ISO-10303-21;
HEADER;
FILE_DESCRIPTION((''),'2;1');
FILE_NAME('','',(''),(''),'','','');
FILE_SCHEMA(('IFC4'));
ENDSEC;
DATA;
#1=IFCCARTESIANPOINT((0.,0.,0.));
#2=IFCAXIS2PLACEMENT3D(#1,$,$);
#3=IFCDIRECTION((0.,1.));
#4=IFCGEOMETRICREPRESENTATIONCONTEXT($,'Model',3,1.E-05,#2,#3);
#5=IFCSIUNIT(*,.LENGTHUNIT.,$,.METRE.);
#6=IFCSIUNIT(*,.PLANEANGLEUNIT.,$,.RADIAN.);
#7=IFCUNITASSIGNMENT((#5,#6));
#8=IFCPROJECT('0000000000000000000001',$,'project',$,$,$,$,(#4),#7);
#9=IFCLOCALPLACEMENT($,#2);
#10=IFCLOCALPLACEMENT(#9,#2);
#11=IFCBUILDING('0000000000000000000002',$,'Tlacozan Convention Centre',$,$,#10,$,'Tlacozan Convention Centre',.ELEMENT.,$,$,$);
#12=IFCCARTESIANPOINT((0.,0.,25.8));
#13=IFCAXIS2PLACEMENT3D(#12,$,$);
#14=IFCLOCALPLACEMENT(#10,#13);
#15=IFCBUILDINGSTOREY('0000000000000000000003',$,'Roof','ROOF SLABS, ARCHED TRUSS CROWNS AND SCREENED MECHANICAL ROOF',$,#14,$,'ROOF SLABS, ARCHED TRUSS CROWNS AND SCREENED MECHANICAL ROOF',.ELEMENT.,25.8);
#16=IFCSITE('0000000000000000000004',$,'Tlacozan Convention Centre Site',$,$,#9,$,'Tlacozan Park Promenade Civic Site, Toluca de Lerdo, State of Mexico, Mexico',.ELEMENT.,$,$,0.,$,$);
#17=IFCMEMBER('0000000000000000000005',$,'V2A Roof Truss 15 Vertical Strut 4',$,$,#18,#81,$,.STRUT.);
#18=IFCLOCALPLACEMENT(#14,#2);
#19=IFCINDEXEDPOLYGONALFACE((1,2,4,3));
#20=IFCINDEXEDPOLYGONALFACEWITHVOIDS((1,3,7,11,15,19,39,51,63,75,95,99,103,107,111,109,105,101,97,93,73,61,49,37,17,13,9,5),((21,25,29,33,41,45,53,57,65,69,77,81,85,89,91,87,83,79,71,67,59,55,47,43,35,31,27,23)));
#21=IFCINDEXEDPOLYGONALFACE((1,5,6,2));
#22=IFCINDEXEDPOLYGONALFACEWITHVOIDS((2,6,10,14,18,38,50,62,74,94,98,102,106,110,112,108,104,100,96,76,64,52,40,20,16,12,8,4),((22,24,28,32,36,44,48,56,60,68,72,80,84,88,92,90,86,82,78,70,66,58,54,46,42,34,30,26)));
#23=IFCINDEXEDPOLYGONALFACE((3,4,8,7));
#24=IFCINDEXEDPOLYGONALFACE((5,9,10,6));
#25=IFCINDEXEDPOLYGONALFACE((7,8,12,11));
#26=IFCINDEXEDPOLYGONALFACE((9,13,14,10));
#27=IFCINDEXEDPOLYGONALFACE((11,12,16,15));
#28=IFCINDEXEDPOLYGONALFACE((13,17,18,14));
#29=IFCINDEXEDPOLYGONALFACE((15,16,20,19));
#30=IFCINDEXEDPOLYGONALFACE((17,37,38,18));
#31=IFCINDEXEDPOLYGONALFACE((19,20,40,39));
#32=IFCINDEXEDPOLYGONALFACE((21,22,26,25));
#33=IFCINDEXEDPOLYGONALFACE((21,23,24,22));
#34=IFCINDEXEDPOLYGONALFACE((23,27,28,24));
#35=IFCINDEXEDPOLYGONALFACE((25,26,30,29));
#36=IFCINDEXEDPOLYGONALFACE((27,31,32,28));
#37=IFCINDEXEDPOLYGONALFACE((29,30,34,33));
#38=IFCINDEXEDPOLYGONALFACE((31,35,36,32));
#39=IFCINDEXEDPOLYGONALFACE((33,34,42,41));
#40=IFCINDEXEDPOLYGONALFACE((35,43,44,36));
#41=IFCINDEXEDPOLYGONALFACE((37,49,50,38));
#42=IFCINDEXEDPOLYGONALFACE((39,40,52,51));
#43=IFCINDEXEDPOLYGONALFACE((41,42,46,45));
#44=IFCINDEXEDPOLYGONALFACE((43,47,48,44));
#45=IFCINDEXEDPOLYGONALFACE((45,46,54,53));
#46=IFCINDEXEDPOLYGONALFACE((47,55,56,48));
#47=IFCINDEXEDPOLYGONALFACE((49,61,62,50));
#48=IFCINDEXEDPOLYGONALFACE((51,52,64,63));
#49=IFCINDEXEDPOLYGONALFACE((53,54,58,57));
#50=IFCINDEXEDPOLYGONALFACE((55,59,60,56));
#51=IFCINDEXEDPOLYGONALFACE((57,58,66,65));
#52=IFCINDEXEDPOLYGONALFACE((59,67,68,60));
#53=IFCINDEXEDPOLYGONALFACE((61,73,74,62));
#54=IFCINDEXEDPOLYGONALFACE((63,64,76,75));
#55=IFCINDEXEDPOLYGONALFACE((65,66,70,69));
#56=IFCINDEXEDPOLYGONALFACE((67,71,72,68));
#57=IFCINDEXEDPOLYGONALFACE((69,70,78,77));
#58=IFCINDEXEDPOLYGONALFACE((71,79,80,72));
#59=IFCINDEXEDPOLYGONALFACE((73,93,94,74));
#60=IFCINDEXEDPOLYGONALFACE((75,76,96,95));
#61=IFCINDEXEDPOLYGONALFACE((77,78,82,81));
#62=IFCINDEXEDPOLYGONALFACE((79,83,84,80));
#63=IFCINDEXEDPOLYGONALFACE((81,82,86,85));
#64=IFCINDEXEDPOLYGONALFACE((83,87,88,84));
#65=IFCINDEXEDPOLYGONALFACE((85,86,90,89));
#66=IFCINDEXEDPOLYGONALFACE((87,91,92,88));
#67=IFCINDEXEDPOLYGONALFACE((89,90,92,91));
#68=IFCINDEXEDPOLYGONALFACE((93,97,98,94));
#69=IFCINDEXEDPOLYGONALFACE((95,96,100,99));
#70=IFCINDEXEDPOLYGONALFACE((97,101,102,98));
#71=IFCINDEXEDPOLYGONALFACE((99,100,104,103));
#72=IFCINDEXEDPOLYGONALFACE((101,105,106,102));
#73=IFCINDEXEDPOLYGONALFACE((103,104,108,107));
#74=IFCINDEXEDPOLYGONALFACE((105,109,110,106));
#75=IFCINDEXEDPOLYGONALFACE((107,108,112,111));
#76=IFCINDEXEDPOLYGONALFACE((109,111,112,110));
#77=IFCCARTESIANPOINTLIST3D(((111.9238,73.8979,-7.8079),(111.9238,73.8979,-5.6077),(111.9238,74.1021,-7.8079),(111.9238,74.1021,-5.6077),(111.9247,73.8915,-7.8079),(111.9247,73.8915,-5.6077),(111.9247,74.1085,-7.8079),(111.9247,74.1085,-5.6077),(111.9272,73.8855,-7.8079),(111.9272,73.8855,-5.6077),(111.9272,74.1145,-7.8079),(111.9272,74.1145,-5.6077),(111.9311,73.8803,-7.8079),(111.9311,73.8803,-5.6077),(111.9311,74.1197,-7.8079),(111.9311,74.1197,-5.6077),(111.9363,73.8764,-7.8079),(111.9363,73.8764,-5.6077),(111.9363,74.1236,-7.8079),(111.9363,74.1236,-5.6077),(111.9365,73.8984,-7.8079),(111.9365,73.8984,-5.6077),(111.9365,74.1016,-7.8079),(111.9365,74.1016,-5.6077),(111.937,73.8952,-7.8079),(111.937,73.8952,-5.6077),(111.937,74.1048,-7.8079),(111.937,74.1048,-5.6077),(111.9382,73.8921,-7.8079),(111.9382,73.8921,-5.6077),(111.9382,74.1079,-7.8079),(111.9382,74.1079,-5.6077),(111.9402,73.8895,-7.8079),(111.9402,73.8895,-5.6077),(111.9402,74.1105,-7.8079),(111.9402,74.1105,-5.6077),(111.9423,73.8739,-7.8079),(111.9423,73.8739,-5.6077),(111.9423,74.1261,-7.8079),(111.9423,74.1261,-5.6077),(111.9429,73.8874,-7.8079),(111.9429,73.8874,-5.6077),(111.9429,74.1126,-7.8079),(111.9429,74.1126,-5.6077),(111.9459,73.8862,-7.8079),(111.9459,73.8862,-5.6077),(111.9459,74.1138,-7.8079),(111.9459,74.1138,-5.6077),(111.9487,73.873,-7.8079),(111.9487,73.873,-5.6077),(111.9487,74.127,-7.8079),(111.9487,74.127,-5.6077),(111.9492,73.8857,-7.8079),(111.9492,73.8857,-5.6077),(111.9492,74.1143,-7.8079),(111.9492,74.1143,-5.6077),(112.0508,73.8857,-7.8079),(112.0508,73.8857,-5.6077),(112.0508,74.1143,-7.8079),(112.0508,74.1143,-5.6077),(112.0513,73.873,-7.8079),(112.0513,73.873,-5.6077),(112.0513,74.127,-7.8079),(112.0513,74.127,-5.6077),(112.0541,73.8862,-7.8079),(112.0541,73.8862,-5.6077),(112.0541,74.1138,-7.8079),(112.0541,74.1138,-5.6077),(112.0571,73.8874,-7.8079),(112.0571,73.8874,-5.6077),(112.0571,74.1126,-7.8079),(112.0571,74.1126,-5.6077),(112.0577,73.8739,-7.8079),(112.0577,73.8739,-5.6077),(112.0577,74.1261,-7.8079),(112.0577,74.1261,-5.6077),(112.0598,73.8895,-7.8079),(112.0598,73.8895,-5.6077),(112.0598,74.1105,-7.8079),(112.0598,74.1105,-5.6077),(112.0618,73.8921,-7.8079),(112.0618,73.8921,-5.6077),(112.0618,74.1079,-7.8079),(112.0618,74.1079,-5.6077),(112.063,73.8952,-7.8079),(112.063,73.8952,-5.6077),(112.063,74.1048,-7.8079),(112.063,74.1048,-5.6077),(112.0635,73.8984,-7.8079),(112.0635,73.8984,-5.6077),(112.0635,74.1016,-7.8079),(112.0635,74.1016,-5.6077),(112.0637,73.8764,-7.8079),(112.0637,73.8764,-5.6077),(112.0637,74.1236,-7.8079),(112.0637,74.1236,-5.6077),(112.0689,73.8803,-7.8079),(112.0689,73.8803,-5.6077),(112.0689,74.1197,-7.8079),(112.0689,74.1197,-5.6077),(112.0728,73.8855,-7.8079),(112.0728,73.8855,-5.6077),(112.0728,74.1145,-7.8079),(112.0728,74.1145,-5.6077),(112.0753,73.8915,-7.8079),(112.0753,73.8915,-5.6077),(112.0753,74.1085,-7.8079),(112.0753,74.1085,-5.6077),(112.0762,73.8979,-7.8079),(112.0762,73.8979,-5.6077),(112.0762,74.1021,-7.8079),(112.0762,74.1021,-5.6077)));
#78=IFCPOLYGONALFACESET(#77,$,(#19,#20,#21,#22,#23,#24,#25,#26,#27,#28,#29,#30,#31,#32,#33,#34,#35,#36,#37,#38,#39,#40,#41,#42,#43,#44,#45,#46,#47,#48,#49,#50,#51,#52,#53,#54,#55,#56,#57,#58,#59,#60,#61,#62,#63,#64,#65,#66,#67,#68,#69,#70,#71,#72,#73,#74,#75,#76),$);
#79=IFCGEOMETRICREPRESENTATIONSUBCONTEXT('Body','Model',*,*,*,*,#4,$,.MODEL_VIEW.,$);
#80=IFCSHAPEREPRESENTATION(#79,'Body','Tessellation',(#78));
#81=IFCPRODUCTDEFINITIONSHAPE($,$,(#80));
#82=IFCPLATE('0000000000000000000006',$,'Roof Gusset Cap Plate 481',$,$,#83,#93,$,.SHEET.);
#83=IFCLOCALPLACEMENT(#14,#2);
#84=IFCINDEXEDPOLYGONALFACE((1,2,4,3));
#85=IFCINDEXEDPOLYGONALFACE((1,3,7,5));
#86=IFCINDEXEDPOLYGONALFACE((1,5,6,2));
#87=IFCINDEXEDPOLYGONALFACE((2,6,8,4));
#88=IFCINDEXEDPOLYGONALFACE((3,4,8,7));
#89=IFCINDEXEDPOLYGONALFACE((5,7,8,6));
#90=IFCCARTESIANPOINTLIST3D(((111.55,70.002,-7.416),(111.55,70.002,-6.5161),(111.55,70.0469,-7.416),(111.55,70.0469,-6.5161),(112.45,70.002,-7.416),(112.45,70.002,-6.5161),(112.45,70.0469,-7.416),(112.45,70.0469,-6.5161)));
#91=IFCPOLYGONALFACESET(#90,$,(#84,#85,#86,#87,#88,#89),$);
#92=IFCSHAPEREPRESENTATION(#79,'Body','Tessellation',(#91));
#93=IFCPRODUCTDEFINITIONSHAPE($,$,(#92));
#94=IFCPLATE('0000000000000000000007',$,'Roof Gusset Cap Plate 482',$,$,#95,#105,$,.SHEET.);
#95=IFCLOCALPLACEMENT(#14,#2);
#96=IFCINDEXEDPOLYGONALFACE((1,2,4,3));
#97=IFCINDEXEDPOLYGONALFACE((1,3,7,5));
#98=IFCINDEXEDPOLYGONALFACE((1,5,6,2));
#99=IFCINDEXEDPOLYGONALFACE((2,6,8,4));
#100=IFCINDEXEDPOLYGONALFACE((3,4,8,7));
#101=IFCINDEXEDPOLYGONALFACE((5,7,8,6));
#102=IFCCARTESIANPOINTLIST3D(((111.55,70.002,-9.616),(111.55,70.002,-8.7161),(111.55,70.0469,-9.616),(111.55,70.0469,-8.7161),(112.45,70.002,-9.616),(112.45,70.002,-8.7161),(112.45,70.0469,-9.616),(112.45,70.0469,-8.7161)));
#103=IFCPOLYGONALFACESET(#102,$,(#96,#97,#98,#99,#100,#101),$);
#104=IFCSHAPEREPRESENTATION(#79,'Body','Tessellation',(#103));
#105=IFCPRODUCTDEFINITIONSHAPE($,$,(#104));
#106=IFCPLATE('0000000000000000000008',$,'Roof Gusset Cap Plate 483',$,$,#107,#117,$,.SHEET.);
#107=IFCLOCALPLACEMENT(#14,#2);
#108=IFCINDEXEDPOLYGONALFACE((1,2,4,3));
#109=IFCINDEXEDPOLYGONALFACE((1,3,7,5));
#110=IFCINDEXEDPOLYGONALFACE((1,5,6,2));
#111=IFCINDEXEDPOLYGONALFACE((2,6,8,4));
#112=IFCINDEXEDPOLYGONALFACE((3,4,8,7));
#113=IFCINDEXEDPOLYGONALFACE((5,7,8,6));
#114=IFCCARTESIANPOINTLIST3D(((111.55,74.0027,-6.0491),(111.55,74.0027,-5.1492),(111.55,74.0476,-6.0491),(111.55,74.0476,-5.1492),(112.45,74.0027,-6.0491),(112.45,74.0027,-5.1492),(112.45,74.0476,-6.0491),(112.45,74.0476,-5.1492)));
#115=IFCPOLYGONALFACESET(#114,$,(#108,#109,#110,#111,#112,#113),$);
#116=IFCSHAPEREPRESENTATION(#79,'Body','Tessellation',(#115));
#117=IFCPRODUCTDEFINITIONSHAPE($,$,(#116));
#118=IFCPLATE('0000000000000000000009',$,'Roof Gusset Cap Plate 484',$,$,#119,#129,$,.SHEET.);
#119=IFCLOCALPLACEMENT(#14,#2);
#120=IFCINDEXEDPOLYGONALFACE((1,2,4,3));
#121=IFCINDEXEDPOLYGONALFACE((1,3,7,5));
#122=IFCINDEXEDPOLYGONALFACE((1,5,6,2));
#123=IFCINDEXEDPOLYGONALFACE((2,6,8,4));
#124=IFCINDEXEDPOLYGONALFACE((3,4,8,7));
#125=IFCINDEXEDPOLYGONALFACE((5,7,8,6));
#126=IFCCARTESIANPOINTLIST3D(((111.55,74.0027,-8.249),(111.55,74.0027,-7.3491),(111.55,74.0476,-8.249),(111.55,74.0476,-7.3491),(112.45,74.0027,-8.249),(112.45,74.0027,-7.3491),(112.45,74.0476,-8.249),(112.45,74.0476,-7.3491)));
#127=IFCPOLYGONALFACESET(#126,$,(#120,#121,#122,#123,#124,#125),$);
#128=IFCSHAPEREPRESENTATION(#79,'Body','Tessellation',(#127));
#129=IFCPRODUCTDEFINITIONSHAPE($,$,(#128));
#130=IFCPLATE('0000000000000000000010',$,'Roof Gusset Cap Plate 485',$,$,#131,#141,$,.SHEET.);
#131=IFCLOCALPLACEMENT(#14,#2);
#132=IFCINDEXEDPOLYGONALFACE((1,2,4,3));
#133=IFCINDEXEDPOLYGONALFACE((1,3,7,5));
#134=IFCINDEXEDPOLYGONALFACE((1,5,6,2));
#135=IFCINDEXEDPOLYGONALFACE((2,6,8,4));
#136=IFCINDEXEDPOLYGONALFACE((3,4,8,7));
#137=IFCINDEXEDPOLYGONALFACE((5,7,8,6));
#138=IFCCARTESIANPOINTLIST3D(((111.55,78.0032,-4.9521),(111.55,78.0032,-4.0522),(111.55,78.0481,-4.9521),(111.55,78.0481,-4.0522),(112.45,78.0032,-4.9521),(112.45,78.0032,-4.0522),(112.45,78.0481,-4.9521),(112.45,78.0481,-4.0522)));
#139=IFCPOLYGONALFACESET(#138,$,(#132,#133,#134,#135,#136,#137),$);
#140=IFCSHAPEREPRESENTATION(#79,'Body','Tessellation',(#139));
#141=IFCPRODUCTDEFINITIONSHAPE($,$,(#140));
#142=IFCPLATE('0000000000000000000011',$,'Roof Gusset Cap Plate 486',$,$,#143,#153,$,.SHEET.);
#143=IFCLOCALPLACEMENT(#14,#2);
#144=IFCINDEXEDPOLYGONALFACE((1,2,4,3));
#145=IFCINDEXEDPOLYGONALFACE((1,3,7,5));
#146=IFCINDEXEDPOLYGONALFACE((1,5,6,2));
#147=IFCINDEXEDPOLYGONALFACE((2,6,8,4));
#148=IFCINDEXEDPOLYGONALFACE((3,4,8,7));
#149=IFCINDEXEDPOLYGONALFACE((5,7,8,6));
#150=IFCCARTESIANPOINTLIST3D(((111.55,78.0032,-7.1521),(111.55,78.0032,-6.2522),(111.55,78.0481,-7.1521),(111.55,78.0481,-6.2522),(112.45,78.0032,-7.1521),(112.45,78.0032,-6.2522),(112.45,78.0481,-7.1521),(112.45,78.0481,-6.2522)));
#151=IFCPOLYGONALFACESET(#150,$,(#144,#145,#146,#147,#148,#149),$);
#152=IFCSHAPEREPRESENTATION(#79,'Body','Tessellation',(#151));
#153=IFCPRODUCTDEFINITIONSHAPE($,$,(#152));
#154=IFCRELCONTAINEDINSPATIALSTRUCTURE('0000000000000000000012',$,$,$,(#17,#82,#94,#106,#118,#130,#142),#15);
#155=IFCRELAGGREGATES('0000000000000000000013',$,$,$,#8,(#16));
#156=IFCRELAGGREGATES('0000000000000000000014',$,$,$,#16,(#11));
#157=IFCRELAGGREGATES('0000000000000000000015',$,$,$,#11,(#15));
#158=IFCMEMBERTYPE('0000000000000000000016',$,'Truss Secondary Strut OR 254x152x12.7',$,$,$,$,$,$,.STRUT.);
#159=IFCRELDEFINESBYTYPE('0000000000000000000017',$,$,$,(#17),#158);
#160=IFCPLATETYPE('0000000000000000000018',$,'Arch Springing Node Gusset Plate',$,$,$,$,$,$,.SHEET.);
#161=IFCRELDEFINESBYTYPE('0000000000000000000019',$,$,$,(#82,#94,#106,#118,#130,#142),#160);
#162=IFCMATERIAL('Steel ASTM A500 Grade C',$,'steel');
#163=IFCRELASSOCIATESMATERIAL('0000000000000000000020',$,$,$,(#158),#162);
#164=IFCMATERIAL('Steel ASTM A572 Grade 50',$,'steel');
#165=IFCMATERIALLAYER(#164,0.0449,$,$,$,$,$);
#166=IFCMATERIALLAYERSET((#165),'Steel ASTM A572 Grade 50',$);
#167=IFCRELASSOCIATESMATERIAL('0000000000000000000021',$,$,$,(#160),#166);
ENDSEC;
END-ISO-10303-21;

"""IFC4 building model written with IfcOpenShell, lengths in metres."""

from ifc_helpers import new_model, si_unit, direction, frame, origin, origin_2d, place, context, subcontext, project, spatial, rectangle, hollow_rectangle, extrude, material, layer, layer_set, material_profile, profile_set, type_object, element, save


model = new_model("IFC4")

# Units and contexts
model_context = context("Model", 3, precision=1e-05, world=origin(), true_north=direction((0.0, 1.0)))
body_context = subcontext(model_context, "Body", "Model", "MODEL_VIEW")
ifc_project = project(units=[si_unit("LENGTHUNIT", "METRE"), si_unit("PLANEANGLEUNIT", "RADIAN")], contexts=[model_context])

# Site, building, storey
site_placement = place(None, origin())
site = spatial("IfcSite", under=ifc_project, at=site_placement, Name="Tlacozan Convention Centre Site", LongName="Tlacozan Park Promenade Civic Site, Toluca de Lerdo, State of Mexico, Mexico", CompositionType="ELEMENT", RefElevation=0.0)
building_placement = place(site_placement, origin())
building = spatial("IfcBuilding", under=site, at=building_placement, Name="Tlacozan Convention Centre", LongName="Tlacozan Convention Centre", CompositionType="ELEMENT")
storey_placement = place(building_placement, frame((0.0, 0.0, 25.8)))
storey = spatial("IfcBuildingStorey", under=building, at=storey_placement, Name="Roof", Description="ROOF SLABS, ARCHED TRUSS CROWNS AND SCREENED MECHANICAL ROOF", LongName="ROOF SLABS, ARCHED TRUSS CROWNS AND SCREENED MECHANICAL ROOF", CompositionType="ELEMENT", Elevation=25.8)

# Member
ifc_material_1 = material(Name="Steel ASTM A500 Grade C", Category="steel")
ifc_material_profile_1 = material_profile(ifc_material_1, hollow_rectangle(XDim=0.1523, YDim=0.2539, WallThickness=0.0127, InnerFilletRadius=0.0127, OuterFilletRadius=0.0249, at=origin_2d()), Name="OR 254x152x12.7")
ifc_profile_set_1 = profile_set([ifc_material_profile_1], Name="Steel ASTM A500 Grade C")
member_type_1 = type_object("IfcMemberType", Name="Truss Secondary Strut OR 254x152x12.7", PredefinedType="STRUT", material=ifc_profile_set_1)
member_1_placement = place(storey_placement, frame((112.0, 74.0, -7.8079), z_axis=(0.0, 0.0, 1.0), x_axis=(1.0, 0.0, 0.0)))
element("IfcMember", 1, at=member_1_placement, inside=storey, type_object=member_type_1, Name="V2A Roof Truss 15 Vertical Strut 4", PredefinedType="STRUT", context=body_context, shape_type="SweptSolid", body=[
    extrude(hollow_rectangle(XDim=0.1523, YDim=0.2539, WallThickness=0.0127, InnerFilletRadius=0.0127, OuterFilletRadius=0.0249, at=origin_2d()), origin(), (0.0, 0.0, 1.0), 2.2002),
])

# Plates
ifc_material_2 = material(Name="Steel ASTM A572 Grade 50", Category="steel")
ifc_layer = layer(ifc_material_2, 0.0449)
ifc_layer_set = layer_set([ifc_layer], Name="Steel ASTM A572 Grade 50")
plate_type = type_object("IfcPlateType", Name="Arch Springing Node Gusset Plate", PredefinedType="SHEET", material=ifc_layer_set)
for number, where, z_axis, x_axis, name in (
    (2, (112.0, 70.0244, -7.416), (0.0, 0.0, 1.0), (0.0, 1.0, 0.0), "Roof Gusset Cap Plate 481"),
    (3, (112.0, 70.0244, -9.616), (0.0, 0.0, 1.0), (0.0, 1.0, 0.0), "Roof Gusset Cap Plate 482"),
    (4, (112.0, 74.0251, -6.0491), (0.0, 0.0, 1.0), (0.0, 1.0, 0.0), "Roof Gusset Cap Plate 483"),
    (5, (112.0, 74.0251, -8.249), (0.0, 0.0, 1.0), (0.0, 1.0, 0.0), "Roof Gusset Cap Plate 484"),
    (6, (112.0, 78.0256, -4.9521), (0.0, 0.0, 1.0), (0.0, 1.0, 0.0), "Roof Gusset Cap Plate 485"),
    (7, (112.0, 78.0256, -7.1521), (0.0, 0.0, 1.0), (0.0, 1.0, 0.0), "Roof Gusset Cap Plate 486"),
):
    element("IfcPlate", number, at=place(storey_placement, frame(where, z_axis=z_axis, x_axis=x_axis)), inside=storey, type_object=plate_type, Name=name, PredefinedType="SHEET", context=body_context, shape_type="SweptSolid", body=[
        extrude(rectangle(XDim=0.0449, YDim=0.8999, at=origin_2d()), origin(), (0.0, 0.0, 1.0), 0.8999),
    ])

save(model, "model.ifc")
